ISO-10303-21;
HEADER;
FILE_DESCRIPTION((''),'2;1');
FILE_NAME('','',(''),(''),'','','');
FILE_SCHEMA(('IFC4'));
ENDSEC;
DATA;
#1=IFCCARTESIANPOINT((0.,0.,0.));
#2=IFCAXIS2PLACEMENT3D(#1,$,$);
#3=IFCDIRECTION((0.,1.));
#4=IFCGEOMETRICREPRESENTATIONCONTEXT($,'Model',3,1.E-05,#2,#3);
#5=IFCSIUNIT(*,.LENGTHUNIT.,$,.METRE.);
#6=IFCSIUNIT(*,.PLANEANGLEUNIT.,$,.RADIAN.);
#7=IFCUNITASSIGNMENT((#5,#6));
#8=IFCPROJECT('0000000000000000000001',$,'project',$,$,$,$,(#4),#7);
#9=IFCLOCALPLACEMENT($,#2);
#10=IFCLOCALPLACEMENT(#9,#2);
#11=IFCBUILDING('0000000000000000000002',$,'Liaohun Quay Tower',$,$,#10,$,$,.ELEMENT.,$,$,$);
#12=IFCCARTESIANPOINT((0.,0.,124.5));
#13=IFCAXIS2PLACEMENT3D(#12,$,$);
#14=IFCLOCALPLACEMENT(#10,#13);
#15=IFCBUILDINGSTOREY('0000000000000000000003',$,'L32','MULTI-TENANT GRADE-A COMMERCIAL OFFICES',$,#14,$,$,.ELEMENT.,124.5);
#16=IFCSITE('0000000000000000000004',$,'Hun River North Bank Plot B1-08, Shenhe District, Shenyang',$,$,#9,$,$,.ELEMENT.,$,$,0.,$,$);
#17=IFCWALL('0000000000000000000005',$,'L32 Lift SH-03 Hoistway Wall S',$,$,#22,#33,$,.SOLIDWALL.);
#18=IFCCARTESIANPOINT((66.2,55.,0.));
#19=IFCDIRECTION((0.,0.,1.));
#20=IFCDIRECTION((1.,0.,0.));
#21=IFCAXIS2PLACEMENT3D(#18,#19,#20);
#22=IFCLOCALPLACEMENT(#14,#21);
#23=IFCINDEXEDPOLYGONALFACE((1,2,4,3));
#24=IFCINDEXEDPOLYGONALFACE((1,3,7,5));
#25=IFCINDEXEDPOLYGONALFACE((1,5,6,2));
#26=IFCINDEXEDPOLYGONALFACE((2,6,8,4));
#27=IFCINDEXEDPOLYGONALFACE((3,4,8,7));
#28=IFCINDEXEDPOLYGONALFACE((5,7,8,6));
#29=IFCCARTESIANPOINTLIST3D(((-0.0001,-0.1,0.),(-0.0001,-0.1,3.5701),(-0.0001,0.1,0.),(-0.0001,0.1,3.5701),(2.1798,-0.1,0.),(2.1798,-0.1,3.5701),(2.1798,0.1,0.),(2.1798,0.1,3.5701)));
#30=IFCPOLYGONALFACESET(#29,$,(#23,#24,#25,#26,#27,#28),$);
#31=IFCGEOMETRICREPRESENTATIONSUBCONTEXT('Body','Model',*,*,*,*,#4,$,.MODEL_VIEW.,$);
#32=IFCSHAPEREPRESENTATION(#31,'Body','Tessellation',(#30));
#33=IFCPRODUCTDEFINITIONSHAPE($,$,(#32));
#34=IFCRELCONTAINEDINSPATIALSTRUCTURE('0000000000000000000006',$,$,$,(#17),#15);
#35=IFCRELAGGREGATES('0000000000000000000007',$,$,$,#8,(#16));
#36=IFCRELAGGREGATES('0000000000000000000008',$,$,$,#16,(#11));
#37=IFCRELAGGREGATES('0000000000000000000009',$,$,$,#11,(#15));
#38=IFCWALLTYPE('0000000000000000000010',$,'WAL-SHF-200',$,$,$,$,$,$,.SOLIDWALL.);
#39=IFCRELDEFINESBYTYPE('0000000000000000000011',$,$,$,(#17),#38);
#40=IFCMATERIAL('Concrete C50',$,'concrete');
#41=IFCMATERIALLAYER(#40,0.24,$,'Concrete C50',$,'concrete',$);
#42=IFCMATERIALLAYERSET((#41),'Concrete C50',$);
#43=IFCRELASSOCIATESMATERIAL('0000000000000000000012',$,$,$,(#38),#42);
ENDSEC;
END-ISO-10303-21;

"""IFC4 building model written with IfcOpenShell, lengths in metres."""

from ifc_helpers import new_model, si_unit, direction, frame, frame_2d, origin, place, context, subcontext, project, spatial, rectangle, extrude, material, layer, layer_set, type_object, element, save


model = new_model("IFC4")

# Units and contexts
model_context = context("Model", 3, precision=1e-05, world=origin(), true_north=direction((0.0, 1.0)))
body_context = subcontext(model_context, "Body", "Model", "MODEL_VIEW")
ifc_project = project(units=[si_unit("LENGTHUNIT", "METRE"), si_unit("PLANEANGLEUNIT", "RADIAN")], contexts=[model_context])

# Site, building, storey
site_placement = place(None, origin())
site = spatial("IfcSite", under=ifc_project, at=site_placement, Name="Hun River North Bank Plot B1-08, Shenhe District, Shenyang", CompositionType="ELEMENT", RefElevation=0.0)
building_placement = place(site_placement, origin())
building = spatial("IfcBuilding", under=site, at=building_placement, Name="Liaohun Quay Tower", CompositionType="ELEMENT")
storey_placement = place(building_placement, frame((0.0, 0.0, 124.5)))
storey = spatial("IfcBuildingStorey", under=building, at=storey_placement, Name="L32", Description="MULTI-TENANT GRADE-A COMMERCIAL OFFICES", CompositionType="ELEMENT", Elevation=124.5)

# Shared definitions
ifc_material_1 = material(Name="Concrete C50", Category="concrete")
ifc_layer_1 = layer(ifc_material_1, 0.24, Name="Concrete C50", Category="concrete")
ifc_layer_set_1 = layer_set([ifc_layer_1], Name="Concrete C50")
wall_type_1 = type_object("IfcWallType", Name="WAL-SHF-200", PredefinedType="SOLIDWALL", material=ifc_layer_set_1)

# Wall
wall_1_placement = place(storey_placement, frame((66.2, 55.0, 0.0), z_axis=(0.0, 0.0, 1.0), x_axis=(1.0, 0.0, 0.0)))
element("IfcWall", 1, at=wall_1_placement, inside=storey, type_object=wall_type_1, Name="L32 Lift SH-03 Hoistway Wall S", PredefinedType="SOLIDWALL", context=body_context, shape_type="SweptSolid", body=[
    extrude(rectangle(XDim=2.1799, YDim=0.2, at=frame_2d((1.0898, 0.0))), origin(), (0.0, 0.0, 1.0), 3.5701),
])

save(model, "model.ifc")
